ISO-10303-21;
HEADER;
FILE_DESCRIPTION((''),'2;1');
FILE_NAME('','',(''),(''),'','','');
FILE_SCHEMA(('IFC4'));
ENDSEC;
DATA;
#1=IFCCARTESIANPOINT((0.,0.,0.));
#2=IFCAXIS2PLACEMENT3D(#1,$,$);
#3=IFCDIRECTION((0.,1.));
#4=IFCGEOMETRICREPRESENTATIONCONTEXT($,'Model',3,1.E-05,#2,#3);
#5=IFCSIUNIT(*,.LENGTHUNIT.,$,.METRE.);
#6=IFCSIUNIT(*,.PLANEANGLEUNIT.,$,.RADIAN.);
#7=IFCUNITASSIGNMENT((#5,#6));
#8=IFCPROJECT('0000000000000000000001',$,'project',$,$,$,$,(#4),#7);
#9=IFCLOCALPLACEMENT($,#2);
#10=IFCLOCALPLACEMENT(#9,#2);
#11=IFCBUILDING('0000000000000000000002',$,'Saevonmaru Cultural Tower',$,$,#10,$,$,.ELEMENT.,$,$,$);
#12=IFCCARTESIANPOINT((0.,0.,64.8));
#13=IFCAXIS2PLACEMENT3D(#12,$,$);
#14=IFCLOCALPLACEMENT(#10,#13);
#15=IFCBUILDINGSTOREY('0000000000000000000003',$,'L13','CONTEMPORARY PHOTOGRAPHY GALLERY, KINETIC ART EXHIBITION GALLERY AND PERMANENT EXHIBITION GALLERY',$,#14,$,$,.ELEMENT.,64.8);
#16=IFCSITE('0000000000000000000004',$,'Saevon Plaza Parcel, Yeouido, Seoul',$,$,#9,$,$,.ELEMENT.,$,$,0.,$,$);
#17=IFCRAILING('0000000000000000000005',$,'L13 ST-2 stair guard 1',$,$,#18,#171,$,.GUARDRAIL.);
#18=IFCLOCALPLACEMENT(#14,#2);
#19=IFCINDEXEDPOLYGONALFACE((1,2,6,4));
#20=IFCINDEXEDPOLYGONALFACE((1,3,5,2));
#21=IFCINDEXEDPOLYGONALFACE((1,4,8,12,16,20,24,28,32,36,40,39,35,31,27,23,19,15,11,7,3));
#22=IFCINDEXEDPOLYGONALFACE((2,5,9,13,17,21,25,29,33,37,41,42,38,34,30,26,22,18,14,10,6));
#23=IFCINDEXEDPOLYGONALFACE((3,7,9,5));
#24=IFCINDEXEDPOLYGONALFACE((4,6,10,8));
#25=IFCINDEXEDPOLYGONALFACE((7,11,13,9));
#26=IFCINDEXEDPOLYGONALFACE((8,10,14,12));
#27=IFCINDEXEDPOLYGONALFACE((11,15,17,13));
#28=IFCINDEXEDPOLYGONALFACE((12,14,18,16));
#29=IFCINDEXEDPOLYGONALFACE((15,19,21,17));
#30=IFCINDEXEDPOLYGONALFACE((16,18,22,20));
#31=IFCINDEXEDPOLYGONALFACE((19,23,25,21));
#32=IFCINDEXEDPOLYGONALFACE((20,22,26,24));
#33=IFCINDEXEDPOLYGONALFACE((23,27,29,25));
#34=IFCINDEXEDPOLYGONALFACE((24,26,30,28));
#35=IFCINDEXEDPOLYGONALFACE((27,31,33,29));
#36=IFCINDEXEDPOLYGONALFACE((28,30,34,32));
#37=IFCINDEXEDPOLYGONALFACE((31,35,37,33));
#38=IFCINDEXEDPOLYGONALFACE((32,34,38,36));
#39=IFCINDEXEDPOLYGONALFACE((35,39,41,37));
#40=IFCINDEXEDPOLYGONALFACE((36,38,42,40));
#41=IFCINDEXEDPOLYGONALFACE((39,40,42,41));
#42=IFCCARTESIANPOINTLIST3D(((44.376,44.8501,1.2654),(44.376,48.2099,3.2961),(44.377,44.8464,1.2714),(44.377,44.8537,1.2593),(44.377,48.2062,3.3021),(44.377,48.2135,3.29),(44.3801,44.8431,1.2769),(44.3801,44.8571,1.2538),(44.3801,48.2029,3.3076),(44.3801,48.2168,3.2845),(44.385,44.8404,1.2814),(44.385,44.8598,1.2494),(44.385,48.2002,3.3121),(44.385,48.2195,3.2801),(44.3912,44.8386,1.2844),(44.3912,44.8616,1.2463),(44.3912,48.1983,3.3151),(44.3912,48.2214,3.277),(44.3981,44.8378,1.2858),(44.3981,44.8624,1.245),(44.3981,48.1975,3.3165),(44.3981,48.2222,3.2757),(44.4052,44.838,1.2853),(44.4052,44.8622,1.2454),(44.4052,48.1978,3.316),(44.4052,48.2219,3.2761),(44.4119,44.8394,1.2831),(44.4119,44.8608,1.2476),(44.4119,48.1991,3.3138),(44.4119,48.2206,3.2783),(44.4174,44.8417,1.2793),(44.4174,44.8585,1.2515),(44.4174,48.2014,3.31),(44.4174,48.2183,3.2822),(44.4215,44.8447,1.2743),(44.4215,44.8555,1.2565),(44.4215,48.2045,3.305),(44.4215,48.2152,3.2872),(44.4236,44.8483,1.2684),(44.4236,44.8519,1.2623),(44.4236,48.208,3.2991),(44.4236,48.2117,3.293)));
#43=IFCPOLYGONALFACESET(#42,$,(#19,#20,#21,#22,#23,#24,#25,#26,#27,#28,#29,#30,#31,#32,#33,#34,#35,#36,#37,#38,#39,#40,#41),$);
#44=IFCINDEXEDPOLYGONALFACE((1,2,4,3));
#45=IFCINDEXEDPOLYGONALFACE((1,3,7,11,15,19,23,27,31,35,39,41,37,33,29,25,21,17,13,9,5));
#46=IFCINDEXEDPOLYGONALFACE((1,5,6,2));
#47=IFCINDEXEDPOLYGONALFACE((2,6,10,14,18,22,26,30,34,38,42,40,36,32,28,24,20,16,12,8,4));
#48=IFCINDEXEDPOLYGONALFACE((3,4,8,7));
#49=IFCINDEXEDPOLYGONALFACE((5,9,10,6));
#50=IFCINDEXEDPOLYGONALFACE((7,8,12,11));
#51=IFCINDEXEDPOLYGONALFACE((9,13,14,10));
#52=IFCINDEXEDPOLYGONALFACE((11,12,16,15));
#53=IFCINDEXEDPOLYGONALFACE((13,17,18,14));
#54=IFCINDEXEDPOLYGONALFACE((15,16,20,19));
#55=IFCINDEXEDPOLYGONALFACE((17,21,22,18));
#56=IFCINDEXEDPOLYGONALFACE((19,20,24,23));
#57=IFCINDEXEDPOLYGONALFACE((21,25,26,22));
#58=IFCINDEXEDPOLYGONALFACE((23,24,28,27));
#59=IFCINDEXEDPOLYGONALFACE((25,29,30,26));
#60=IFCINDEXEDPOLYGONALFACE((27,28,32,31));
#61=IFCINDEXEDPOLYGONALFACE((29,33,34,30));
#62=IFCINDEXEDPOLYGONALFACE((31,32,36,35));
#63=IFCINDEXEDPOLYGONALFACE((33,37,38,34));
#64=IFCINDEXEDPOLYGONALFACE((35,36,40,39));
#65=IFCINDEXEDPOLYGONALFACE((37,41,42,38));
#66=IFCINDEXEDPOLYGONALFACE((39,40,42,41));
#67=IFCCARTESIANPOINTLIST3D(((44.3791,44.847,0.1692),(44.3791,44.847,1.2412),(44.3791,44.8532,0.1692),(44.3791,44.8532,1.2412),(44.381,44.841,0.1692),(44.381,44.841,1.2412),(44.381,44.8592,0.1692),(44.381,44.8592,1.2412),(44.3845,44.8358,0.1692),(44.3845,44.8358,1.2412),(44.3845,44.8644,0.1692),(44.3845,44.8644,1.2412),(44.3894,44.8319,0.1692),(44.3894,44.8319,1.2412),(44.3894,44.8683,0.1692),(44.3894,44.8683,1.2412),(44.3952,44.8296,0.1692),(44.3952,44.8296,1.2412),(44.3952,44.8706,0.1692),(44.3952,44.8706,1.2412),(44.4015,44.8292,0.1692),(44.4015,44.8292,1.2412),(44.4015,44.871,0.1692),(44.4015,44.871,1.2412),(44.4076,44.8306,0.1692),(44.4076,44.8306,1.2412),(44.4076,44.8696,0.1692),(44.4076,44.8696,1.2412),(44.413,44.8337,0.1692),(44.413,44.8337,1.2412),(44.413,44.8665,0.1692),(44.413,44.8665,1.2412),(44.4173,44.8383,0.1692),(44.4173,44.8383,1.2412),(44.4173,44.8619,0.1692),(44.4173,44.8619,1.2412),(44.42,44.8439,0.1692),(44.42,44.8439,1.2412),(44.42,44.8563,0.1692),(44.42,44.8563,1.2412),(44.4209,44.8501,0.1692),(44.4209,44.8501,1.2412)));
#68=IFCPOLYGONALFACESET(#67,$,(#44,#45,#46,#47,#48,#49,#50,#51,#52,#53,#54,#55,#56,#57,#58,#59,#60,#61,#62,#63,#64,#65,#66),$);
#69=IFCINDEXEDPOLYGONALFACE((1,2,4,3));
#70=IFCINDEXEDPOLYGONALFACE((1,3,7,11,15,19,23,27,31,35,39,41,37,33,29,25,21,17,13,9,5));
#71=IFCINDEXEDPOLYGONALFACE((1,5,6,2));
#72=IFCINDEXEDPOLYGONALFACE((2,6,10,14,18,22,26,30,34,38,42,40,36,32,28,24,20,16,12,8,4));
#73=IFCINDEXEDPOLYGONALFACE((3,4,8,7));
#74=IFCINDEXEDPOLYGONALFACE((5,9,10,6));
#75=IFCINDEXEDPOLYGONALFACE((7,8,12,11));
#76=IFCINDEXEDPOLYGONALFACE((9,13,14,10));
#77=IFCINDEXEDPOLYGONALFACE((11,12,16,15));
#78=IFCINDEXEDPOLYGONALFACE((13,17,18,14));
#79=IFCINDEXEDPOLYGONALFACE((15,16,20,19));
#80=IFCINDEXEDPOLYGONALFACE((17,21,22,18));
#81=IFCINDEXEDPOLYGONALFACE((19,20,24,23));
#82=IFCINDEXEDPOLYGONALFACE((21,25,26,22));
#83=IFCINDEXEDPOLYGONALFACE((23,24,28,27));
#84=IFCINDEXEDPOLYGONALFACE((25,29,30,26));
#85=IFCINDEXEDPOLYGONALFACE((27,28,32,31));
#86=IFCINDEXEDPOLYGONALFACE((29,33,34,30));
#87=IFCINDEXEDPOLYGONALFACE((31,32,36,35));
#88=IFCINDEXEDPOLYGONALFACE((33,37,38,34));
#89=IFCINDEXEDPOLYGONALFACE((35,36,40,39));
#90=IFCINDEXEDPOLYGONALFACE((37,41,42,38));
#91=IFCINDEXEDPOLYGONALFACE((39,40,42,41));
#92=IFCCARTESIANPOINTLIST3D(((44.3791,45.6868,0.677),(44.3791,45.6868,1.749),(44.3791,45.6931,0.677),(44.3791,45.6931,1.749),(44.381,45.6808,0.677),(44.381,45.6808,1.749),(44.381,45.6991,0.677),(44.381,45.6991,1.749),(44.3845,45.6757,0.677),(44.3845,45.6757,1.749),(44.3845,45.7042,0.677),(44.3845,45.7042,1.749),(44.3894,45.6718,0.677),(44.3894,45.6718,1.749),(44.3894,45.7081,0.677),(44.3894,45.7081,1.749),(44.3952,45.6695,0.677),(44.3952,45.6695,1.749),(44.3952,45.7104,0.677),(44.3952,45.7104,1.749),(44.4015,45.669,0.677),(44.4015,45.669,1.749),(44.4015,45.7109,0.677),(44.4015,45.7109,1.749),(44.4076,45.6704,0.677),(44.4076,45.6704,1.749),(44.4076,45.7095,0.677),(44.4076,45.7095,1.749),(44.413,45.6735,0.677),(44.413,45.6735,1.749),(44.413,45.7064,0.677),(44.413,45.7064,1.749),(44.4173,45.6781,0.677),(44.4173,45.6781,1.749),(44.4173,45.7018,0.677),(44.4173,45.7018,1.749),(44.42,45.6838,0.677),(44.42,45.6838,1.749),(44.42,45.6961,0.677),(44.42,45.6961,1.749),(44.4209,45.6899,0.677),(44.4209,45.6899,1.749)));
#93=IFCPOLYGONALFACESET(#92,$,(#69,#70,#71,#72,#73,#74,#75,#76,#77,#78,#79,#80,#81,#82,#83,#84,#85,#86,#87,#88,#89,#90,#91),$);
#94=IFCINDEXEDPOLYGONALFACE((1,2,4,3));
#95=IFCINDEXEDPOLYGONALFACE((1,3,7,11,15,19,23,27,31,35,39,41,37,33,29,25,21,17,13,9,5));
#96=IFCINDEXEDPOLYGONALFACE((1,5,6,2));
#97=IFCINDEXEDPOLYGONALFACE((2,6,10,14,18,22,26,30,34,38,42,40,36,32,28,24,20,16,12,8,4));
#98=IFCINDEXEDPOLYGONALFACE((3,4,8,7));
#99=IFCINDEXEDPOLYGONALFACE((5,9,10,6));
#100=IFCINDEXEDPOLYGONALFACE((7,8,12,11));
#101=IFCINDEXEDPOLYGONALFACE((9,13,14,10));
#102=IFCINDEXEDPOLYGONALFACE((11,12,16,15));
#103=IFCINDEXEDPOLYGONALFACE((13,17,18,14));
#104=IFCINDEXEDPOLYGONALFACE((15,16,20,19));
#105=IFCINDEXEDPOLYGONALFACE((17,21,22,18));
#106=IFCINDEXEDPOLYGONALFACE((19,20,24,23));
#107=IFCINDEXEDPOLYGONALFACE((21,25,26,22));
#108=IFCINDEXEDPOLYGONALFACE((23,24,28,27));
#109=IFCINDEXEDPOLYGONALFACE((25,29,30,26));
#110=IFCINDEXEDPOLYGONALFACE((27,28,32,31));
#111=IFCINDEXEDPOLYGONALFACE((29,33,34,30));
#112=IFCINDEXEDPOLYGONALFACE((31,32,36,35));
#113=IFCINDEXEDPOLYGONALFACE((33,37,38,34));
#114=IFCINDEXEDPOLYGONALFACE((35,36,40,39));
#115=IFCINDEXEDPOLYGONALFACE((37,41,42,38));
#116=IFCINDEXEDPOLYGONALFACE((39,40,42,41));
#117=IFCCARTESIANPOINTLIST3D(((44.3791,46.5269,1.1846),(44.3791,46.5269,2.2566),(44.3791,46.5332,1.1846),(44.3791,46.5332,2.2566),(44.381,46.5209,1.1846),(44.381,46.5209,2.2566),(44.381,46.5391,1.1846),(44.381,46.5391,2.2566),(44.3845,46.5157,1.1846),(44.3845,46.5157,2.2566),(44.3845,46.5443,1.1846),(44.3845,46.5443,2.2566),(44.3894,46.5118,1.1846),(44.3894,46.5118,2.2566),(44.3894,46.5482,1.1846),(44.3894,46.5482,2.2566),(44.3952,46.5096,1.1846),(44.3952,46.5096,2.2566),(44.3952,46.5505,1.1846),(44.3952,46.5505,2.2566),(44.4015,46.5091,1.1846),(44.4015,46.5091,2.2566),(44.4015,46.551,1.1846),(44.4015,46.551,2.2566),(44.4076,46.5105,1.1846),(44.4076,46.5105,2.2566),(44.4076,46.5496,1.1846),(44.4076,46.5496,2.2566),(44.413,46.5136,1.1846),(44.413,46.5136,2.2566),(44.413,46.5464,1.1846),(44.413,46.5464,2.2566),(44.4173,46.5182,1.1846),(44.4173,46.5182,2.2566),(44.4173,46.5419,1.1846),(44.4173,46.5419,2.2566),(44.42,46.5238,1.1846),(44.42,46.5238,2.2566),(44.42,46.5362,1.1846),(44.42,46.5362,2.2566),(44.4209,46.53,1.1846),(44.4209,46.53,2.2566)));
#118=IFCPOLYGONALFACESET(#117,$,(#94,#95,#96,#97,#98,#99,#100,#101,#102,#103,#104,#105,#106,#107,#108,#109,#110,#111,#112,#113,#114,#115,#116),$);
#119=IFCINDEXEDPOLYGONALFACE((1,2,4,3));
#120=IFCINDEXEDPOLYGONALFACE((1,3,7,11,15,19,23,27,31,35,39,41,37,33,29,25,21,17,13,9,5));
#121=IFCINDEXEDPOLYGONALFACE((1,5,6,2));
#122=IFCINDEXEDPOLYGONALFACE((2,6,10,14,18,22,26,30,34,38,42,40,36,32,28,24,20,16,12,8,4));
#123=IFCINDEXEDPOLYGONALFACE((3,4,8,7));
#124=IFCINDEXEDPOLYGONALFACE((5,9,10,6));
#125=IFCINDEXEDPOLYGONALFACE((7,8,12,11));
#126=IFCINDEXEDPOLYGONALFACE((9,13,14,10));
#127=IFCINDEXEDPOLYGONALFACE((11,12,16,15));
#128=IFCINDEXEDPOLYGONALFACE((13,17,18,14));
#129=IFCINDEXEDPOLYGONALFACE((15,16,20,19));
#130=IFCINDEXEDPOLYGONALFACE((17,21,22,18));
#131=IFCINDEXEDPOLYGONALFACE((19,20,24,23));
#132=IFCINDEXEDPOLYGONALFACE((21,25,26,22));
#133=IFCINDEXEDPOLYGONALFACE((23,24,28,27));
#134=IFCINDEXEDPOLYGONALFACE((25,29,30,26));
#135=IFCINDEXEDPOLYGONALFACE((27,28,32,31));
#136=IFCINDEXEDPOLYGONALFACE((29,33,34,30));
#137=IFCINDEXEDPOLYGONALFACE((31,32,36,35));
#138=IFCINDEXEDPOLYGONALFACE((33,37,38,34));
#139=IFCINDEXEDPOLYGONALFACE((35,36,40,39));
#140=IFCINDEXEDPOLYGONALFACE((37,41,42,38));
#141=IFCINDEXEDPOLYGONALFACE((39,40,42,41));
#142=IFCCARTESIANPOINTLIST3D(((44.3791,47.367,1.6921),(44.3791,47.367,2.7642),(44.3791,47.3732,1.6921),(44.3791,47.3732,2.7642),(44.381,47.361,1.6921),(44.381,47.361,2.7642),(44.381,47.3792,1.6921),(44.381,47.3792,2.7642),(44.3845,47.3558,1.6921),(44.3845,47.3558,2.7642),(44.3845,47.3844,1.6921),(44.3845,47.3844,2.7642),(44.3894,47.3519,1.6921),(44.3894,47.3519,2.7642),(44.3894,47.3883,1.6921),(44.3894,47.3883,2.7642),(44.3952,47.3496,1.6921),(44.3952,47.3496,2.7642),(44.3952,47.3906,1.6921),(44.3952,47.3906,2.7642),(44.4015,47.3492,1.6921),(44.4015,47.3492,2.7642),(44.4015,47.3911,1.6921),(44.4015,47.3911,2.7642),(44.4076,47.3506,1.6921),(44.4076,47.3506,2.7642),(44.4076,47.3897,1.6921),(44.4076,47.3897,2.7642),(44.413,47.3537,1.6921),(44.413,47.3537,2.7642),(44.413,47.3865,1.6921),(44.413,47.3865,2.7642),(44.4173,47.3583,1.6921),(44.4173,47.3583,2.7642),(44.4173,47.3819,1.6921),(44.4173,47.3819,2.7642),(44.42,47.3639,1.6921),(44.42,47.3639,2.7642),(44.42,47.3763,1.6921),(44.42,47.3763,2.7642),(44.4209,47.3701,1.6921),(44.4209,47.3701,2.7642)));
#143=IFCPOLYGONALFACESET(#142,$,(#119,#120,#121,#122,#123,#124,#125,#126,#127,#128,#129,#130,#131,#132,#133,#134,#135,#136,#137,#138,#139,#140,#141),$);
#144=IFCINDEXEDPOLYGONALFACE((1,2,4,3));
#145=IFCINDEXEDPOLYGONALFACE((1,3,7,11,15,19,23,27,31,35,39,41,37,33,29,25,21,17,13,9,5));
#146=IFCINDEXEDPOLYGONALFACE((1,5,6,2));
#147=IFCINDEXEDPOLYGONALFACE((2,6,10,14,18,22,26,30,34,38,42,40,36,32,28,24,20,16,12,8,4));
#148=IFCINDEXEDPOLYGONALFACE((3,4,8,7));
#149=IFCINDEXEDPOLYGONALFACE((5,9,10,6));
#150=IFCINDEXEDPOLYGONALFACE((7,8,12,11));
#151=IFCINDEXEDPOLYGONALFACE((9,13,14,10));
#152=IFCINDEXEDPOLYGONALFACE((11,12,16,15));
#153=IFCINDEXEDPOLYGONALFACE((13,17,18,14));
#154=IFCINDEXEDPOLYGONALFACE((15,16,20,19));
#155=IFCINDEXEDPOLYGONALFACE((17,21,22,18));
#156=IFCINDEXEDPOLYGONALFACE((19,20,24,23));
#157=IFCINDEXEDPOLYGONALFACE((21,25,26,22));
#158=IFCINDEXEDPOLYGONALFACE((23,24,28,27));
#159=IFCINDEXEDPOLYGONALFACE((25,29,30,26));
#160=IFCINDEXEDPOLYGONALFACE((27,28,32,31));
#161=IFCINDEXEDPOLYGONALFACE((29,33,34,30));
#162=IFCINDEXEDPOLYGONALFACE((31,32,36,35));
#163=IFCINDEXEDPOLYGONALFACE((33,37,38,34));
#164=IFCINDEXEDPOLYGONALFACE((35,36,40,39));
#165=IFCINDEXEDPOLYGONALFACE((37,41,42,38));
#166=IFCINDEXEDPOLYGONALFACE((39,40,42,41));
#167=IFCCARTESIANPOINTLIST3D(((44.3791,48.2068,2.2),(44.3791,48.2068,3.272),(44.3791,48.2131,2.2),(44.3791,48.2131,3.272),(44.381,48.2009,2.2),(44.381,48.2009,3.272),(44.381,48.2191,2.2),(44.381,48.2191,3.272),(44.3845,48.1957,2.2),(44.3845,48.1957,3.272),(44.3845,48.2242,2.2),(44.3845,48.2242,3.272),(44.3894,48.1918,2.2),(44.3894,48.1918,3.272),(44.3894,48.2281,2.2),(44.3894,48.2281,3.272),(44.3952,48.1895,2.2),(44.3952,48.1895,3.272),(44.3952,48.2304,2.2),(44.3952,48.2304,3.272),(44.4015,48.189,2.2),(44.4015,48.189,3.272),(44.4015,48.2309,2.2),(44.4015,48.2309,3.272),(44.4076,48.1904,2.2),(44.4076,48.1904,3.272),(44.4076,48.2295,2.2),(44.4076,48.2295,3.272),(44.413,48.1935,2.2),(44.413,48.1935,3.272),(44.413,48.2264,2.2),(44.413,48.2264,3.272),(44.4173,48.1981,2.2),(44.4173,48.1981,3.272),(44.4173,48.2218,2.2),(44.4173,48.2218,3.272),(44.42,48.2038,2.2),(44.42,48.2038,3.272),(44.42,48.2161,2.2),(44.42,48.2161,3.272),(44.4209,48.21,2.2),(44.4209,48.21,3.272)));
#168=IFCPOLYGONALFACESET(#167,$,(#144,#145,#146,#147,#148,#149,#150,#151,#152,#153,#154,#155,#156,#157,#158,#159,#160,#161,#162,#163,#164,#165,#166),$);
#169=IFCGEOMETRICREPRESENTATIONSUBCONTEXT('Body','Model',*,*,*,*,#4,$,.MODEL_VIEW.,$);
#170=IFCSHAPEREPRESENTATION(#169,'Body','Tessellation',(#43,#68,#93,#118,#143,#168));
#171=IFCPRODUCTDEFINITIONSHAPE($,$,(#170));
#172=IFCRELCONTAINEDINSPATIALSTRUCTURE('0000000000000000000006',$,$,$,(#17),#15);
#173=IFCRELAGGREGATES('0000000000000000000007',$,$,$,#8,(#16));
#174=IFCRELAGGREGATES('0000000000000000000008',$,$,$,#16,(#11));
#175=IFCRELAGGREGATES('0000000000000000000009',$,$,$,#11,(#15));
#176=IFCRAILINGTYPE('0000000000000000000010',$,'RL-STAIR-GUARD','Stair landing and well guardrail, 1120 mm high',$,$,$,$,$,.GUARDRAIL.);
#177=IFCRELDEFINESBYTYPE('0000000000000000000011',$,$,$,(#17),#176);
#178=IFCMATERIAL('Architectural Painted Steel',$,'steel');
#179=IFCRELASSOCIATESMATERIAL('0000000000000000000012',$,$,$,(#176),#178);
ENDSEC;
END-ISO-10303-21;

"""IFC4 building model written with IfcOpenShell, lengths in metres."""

from ifc_helpers import new_model, si_unit, direction, frame, origin, origin_2d, place, context, subcontext, project, spatial, circle, extrude, material, type_object, element, save


model = new_model("IFC4")

# Units and contexts
model_context = context("Model", 3, precision=1e-05, world=origin(), true_north=direction((0.0, 1.0)))
body_context = subcontext(model_context, "Body", "Model", "MODEL_VIEW")
ifc_project = project(units=[si_unit("LENGTHUNIT", "METRE"), si_unit("PLANEANGLEUNIT", "RADIAN")], contexts=[model_context])

# Site, building, storey
site_placement = place(None, origin())
site = spatial("IfcSite", under=ifc_project, at=site_placement, Name="Saevon Plaza Parcel, Yeouido, Seoul", CompositionType="ELEMENT", RefElevation=0.0)
building_placement = place(site_placement, origin())
building = spatial("IfcBuilding", under=site, at=building_placement, Name="Saevonmaru Cultural Tower", CompositionType="ELEMENT")
storey_placement = place(building_placement, frame((0.0, 0.0, 64.8)))
storey = spatial("IfcBuildingStorey", under=building, at=storey_placement, Name="L13", Description="CONTEMPORARY PHOTOGRAPHY GALLERY, KINETIC ART EXHIBITION GALLERY AND PERMANENT EXHIBITION GALLERY", CompositionType="ELEMENT", Elevation=64.8)

# Railing
ifc_material_1 = material(Name="Architectural Painted Steel", Category="steel")
railing_type_1 = type_object("IfcRailingType", Name="RL-STAIR-GUARD", Description="Stair landing and well guardrail, 1120 mm high", PredefinedType="GUARDRAIL", material=ifc_material_1)
railing_1_placement = place(storey_placement, frame((44.3999, 44.8501, 0.1692)))
element("IfcRailing", 1, at=railing_1_placement, inside=storey, type_object=railing_type_1, Name="L13 ST-2 stair guard 1", PredefinedType="GUARDRAIL", context=body_context, shape_type="SweptSolid", body=[
    extrude(circle(Radius=0.0239, at=origin_2d()), frame((0.0, 0.0, 1.0962), z_axis=(0.0, 0.85582, 0.517273), x_axis=(-1.0, 0.0, 0.0)), (0.0, 0.0, 1.0), 3.9258),
    extrude(circle(Radius=0.021, at=origin_2d()), origin(), (0.0, 0.0, 1.0), 1.072),
    extrude(circle(Radius=0.021, at=origin_2d()), frame((0.0, 0.8398, 0.5078)), (0.0, 0.0, 1.0), 1.072),
    extrude(circle(Radius=0.021, at=origin_2d()), frame((0.0, 1.6799, 1.0154)), (0.0, 0.0, 1.0), 1.072),
    extrude(circle(Radius=0.021, at=origin_2d()), frame((0.0, 2.52, 1.5229)), (0.0, 0.0, 1.0), 1.072),
    extrude(circle(Radius=0.021, at=origin_2d()), frame((0.0, 3.3599, 2.0308)), (0.0, 0.0, 1.0), 1.072),
])

save(model, "model.ifc")
